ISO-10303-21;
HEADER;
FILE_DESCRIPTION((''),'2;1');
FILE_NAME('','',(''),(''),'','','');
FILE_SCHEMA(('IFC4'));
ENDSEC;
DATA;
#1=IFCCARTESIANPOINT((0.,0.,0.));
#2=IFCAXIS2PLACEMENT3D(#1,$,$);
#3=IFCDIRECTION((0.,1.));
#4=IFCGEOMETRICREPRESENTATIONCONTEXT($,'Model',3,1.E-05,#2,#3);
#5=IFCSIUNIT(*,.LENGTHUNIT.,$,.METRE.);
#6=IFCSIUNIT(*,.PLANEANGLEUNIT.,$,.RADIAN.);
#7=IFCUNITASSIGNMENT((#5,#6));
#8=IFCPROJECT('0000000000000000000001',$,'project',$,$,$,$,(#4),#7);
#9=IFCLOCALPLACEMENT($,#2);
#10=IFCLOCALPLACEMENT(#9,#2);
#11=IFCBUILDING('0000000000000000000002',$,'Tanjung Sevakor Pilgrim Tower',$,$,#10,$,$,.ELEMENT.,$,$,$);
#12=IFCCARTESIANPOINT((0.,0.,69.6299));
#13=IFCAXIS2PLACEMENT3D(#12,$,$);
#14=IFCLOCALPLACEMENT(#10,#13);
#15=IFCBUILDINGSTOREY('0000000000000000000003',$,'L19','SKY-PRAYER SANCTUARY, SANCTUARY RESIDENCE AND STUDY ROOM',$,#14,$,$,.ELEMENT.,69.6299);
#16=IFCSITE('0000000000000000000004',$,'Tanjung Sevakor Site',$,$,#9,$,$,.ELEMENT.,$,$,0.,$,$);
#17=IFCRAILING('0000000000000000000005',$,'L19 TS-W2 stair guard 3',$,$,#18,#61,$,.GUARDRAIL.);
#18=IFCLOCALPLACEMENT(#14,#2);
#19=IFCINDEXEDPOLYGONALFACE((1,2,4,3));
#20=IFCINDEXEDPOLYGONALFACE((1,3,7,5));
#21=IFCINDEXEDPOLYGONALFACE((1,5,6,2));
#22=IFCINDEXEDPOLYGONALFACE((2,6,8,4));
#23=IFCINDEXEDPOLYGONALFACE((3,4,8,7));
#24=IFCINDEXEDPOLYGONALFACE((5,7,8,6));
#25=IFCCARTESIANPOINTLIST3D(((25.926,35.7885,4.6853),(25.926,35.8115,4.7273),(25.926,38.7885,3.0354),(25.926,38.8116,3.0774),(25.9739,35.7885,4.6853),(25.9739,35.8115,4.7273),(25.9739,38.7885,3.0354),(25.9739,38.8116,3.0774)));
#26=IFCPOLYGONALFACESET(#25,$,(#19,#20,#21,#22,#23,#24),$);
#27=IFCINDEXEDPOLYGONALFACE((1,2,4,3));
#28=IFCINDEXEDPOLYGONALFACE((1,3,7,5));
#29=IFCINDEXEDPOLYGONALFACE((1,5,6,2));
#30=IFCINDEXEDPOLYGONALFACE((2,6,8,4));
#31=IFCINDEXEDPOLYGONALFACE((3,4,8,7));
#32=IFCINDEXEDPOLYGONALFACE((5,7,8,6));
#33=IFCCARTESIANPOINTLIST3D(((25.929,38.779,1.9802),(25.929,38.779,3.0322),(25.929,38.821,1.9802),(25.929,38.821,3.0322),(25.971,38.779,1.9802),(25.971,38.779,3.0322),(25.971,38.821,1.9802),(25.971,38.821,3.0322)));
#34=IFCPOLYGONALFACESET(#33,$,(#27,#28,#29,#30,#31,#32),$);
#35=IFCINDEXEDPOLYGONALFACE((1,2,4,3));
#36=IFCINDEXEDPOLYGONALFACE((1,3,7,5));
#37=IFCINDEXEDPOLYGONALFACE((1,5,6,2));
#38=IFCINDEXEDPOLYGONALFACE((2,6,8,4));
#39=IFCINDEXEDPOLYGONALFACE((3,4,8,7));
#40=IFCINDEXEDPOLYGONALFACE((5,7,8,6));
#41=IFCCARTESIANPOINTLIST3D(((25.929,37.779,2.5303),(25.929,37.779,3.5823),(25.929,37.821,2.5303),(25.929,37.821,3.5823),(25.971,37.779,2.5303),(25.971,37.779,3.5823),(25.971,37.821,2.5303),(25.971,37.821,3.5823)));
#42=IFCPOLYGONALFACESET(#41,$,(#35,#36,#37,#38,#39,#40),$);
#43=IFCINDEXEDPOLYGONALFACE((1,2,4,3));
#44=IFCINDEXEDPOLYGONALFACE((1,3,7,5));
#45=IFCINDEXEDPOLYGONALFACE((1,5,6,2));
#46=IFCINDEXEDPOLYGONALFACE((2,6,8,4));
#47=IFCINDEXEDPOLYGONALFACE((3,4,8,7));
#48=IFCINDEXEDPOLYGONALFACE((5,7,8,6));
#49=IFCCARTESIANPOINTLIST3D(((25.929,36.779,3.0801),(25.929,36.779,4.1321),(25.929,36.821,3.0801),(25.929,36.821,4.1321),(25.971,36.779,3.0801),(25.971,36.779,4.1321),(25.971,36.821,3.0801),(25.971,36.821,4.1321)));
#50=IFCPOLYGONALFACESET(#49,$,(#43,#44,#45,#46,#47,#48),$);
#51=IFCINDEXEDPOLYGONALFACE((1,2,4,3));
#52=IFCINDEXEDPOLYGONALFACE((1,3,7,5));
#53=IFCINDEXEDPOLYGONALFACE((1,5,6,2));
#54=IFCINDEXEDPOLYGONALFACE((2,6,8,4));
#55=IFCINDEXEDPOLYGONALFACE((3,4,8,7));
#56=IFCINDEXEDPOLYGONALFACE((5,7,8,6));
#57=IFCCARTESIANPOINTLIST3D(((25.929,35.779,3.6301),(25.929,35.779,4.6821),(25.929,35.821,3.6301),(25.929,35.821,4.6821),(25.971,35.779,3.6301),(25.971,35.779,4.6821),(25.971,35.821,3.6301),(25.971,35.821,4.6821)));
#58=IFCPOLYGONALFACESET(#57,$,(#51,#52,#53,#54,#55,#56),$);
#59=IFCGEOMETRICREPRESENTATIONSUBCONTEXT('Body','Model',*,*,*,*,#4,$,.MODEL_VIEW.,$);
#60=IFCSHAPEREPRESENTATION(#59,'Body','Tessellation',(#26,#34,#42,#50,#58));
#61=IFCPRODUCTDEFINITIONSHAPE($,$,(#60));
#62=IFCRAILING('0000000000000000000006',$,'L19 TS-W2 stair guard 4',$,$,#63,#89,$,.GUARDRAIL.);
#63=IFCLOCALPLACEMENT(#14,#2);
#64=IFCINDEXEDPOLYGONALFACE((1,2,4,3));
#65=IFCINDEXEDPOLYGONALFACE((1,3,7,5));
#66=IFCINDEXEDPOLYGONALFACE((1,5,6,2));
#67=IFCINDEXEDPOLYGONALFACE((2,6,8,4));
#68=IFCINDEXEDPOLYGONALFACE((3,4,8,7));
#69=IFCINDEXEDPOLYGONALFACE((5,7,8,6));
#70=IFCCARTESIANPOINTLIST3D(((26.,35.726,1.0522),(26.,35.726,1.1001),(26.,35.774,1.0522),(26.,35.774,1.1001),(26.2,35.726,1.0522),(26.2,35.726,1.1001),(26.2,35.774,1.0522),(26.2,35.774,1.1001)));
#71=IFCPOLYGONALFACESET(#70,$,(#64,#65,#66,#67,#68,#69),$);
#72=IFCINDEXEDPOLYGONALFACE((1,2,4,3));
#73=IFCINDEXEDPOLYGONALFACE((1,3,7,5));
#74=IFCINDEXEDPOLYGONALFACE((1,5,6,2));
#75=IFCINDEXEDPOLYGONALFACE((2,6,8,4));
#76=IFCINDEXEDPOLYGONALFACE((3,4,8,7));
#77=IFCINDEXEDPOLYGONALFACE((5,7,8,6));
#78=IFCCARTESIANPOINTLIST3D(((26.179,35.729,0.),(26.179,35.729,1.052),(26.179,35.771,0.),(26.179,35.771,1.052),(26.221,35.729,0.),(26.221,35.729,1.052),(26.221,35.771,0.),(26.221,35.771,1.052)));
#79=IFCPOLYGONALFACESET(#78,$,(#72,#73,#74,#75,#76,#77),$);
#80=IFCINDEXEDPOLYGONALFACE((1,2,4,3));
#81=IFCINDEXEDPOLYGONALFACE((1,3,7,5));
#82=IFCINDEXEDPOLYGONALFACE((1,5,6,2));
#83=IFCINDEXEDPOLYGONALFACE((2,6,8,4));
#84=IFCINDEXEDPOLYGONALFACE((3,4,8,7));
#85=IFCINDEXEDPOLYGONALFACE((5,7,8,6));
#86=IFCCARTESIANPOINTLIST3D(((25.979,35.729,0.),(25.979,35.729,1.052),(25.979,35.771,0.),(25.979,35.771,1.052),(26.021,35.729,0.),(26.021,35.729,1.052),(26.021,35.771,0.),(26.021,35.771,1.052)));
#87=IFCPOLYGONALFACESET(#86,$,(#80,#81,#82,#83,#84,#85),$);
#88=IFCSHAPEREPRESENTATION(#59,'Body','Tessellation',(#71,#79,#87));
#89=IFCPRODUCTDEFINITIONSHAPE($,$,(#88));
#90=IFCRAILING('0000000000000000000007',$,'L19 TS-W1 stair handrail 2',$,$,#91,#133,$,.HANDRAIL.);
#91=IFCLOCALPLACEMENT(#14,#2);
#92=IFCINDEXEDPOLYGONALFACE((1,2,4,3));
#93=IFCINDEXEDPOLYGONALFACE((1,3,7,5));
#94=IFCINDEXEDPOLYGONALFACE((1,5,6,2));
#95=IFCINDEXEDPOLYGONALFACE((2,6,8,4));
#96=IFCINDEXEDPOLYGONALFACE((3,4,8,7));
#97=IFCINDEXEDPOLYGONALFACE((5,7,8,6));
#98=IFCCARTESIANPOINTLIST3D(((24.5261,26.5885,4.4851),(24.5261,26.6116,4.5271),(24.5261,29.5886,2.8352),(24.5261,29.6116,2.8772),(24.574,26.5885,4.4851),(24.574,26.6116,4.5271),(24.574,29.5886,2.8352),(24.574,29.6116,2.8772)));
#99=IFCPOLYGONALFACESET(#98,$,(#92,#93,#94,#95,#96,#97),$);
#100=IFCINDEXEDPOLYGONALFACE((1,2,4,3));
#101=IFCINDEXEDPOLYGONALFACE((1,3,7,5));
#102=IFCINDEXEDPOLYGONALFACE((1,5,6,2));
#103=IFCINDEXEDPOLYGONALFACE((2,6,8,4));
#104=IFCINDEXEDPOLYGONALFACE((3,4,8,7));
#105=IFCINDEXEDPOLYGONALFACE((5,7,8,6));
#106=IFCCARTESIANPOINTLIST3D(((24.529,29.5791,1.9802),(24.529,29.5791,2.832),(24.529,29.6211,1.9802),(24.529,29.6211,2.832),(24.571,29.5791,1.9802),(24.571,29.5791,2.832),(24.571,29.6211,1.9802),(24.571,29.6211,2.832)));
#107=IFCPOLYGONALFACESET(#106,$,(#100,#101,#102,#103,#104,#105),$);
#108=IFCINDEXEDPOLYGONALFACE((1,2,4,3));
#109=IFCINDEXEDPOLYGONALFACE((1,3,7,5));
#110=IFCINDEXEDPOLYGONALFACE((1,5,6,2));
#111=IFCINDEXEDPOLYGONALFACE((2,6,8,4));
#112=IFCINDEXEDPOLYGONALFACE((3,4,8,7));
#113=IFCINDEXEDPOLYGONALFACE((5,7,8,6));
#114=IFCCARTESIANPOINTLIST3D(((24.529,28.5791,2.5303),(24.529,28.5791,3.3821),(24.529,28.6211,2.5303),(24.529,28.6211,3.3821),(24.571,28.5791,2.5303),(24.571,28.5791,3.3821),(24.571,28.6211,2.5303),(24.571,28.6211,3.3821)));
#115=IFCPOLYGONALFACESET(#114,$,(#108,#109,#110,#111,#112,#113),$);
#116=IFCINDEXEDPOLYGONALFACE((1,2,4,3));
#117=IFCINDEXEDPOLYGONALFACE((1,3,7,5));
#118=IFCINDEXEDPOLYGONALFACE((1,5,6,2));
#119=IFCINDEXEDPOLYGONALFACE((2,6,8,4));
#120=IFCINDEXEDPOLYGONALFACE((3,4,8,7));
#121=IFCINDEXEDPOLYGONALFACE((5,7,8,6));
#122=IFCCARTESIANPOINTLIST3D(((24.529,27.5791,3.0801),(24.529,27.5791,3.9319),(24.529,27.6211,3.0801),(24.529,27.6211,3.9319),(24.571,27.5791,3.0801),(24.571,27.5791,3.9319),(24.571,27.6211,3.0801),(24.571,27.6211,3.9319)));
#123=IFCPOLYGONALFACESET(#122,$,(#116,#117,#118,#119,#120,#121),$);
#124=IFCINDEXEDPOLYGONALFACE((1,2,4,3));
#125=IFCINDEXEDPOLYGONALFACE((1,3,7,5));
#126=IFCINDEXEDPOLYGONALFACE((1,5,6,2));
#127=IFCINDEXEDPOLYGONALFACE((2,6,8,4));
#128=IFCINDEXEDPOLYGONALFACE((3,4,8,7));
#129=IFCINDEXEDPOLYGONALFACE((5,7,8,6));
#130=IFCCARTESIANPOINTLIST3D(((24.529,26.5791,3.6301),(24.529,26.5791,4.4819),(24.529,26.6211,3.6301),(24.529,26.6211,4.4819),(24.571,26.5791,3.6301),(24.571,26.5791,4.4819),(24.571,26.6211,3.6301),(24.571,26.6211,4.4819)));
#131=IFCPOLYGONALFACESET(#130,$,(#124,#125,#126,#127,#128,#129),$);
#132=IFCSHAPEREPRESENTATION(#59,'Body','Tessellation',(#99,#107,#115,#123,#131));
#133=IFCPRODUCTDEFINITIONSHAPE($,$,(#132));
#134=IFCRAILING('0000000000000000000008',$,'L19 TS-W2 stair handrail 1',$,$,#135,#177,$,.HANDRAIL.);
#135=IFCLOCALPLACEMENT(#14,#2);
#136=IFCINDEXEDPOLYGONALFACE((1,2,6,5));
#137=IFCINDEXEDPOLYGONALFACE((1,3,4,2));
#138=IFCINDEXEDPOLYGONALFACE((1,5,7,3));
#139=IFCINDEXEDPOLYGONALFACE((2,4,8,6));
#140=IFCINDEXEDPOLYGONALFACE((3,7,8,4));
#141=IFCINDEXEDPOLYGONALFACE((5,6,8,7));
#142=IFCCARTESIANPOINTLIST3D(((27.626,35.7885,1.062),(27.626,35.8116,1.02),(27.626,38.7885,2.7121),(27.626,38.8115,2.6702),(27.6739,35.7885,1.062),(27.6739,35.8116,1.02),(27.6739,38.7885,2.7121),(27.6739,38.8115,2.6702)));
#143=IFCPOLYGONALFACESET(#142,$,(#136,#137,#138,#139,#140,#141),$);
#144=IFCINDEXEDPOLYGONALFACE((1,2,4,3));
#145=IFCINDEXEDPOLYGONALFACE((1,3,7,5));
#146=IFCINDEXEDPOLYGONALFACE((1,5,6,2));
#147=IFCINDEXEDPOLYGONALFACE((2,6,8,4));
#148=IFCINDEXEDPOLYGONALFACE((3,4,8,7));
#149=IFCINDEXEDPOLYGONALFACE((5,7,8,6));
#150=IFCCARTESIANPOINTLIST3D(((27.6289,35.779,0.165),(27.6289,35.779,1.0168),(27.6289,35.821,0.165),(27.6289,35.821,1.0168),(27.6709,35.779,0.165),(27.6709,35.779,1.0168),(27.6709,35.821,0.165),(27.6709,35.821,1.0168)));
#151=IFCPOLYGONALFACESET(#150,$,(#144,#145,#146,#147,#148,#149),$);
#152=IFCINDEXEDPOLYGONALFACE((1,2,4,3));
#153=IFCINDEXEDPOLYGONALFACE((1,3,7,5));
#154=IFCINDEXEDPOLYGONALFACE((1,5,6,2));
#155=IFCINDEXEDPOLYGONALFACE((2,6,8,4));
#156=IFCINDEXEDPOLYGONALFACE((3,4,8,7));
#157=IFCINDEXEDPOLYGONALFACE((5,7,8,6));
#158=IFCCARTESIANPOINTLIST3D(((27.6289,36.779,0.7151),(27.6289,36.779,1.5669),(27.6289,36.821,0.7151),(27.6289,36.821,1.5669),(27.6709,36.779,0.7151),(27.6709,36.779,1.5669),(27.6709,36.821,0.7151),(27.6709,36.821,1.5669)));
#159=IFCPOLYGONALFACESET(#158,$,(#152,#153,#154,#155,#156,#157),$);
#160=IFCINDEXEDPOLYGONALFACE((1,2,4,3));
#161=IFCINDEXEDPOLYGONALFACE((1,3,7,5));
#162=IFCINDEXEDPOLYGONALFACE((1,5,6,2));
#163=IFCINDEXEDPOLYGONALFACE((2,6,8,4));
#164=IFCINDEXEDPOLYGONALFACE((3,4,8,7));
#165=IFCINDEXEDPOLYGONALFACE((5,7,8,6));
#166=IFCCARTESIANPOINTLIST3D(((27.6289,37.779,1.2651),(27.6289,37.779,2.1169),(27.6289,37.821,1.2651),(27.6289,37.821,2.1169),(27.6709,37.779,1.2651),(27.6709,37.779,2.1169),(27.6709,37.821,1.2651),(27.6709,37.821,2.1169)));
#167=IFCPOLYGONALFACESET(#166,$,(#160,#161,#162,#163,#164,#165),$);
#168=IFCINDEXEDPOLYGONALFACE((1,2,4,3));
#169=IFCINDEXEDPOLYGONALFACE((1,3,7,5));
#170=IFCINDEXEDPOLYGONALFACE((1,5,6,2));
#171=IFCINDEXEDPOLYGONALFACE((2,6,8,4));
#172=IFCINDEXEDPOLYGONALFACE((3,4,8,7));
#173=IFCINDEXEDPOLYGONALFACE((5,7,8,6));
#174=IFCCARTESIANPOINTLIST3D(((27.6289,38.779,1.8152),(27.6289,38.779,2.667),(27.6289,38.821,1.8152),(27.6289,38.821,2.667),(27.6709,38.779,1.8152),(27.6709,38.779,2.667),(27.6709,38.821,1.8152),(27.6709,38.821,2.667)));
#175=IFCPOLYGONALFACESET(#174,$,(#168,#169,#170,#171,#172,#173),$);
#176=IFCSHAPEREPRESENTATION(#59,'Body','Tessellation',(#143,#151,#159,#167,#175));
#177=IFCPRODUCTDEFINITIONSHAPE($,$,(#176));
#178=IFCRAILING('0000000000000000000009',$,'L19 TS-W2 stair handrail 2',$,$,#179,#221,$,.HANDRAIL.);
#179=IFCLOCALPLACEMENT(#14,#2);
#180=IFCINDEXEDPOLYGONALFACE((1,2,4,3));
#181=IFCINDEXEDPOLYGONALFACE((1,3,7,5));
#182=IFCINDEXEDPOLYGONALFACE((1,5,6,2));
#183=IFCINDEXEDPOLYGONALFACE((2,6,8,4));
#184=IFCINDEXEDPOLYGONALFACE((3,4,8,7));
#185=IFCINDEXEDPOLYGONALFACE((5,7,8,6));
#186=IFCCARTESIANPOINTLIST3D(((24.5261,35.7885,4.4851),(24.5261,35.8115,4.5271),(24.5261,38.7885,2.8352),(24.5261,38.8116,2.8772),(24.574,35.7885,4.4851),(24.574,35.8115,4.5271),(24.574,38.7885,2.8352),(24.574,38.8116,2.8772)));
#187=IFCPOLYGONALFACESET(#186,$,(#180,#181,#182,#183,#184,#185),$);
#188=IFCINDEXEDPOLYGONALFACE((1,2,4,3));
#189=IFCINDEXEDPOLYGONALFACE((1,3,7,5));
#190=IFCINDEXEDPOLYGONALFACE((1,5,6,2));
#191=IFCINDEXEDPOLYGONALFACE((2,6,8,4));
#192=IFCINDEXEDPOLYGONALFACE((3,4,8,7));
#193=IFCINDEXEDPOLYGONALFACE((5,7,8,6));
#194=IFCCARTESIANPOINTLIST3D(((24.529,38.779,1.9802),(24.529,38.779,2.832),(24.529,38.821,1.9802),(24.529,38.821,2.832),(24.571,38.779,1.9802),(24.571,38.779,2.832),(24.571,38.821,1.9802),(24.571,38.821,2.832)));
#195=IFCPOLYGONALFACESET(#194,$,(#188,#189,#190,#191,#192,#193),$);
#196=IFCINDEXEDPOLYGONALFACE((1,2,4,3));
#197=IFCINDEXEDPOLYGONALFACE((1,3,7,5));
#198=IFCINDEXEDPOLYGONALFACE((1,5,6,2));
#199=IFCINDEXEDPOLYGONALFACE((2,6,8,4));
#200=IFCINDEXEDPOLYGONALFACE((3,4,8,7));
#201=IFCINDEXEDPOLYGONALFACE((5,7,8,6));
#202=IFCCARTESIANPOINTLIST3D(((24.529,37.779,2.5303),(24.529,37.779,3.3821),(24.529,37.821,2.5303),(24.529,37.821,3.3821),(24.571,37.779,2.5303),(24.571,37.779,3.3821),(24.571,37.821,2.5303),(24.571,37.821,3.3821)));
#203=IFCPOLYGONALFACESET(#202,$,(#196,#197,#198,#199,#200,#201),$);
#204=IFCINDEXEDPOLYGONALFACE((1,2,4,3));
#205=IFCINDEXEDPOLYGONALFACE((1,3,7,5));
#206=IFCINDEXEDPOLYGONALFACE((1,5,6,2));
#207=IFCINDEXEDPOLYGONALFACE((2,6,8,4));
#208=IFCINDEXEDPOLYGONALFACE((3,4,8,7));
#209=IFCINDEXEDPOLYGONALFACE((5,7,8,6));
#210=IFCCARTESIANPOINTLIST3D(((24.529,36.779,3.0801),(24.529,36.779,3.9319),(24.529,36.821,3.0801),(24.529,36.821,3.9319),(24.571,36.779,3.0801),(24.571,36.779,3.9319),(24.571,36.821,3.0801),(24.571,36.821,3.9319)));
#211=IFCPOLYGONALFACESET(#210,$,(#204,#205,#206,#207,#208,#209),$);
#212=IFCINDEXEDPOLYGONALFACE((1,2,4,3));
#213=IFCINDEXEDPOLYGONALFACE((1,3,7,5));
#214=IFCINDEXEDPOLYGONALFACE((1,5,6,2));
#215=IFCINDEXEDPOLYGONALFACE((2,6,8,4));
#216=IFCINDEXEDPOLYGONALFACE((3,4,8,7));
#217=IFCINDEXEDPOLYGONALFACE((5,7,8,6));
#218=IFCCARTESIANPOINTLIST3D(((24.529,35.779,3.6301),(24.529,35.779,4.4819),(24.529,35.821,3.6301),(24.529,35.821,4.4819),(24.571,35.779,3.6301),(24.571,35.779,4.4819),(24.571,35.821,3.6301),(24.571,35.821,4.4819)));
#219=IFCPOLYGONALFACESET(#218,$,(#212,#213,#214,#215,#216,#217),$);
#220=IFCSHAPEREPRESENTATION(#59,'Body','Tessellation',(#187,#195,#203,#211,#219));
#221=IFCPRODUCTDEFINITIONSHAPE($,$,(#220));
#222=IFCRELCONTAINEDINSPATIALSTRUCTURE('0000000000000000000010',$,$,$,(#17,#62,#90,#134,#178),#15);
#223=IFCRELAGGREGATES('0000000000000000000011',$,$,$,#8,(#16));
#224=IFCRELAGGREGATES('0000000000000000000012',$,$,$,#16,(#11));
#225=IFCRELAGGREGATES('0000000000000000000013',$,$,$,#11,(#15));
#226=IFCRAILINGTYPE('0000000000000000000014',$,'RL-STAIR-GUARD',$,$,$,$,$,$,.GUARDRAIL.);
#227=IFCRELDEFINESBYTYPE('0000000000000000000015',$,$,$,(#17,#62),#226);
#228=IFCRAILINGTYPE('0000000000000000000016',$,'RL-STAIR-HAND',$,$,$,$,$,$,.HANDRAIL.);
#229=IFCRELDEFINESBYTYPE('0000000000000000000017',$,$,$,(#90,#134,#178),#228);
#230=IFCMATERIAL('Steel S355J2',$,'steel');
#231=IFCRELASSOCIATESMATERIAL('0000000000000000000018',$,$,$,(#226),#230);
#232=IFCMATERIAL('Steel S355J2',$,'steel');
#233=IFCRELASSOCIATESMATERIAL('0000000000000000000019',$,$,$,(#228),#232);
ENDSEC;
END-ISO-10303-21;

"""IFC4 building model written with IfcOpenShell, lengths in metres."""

from ifc_helpers import new_model, si_unit, direction, frame, origin, place, context, subcontext, project, spatial, rectangle, extrude, material, type_object, element, save


model = new_model("IFC4")

# Units and contexts
model_context = context("Model", 3, precision=1e-05, world=origin(), true_north=direction((0.0, 1.0)))
body_context = subcontext(model_context, "Body", "Model", "MODEL_VIEW")
ifc_project = project(units=[si_unit("LENGTHUNIT", "METRE"), si_unit("PLANEANGLEUNIT", "RADIAN")], contexts=[model_context])

# Site, building, storey
site_placement = place(None, origin())
site = spatial("IfcSite", under=ifc_project, at=site_placement, Name="Tanjung Sevakor Site", CompositionType="ELEMENT", RefElevation=0.0)
building_placement = place(site_placement, origin())
building = spatial("IfcBuilding", under=site, at=building_placement, Name="Tanjung Sevakor Pilgrim Tower", CompositionType="ELEMENT")
storey_placement = place(building_placement, frame((0.0, 0.0, 69.6299)))
storey = spatial("IfcBuildingStorey", under=building, at=storey_placement, Name="L19", Description="SKY-PRAYER SANCTUARY, SANCTUARY RESIDENCE AND STUDY ROOM", CompositionType="ELEMENT", Elevation=69.6299)

# Railings
ifc_material_1 = material(Name="Steel S355J2", Category="steel")
railing_type_1 = type_object("IfcRailingType", Name="RL-STAIR-GUARD", PredefinedType="GUARDRAIL", material=ifc_material_1)
railing_1_placement = place(storey_placement, frame((25.95, 38.8, 1.9802)))
element("IfcRailing", 1, at=railing_1_placement, inside=storey, type_object=railing_type_1, Name="L19 TS-W2 stair guard 3", PredefinedType="GUARDRAIL", context=body_context, shape_type="SweptSolid", body=[
    extrude(rectangle(XDim=0.0479, YDim=0.0479), frame((0.0, 0.0, 1.0762), z_axis=(0.0, -0.876228, 0.481897), x_axis=(1.0, 0.0, 0.0)), (0.0, 0.0, 1.0), 3.4238),
    extrude(rectangle(XDim=0.042, YDim=0.042), origin(), (0.0, 0.0, 1.0), 1.052),
    extrude(rectangle(XDim=0.042, YDim=0.042), frame((0.0, -1.0, 0.55)), (0.0, 0.0, 1.0), 1.052),
    extrude(rectangle(XDim=0.042, YDim=0.042), frame((0.0, -2.0, 1.0999)), (0.0, 0.0, 1.0), 1.052),
    extrude(rectangle(XDim=0.042, YDim=0.042), frame((0.0, -3.0, 1.6499)), (0.0, 0.0, 1.0), 1.052),
])
railing_2_placement = place(storey_placement, frame((26.2, 35.75, 0.0)))
element("IfcRailing", 2, at=railing_2_placement, inside=storey, type_object=railing_type_1, Name="L19 TS-W2 stair guard 4", PredefinedType="GUARDRAIL", context=body_context, shape_type="SweptSolid", body=[
    extrude(rectangle(XDim=0.0479, YDim=0.0479), frame((0.0, 0.0, 1.0762), z_axis=(-1.0, 0.0, 0.0), x_axis=(0.0, -1.0, 0.0)), (0.0, 0.0, 1.0), 0.2),
    extrude(rectangle(XDim=0.042, YDim=0.042), origin(), (0.0, 0.0, 1.0), 1.052),
    extrude(rectangle(XDim=0.042, YDim=0.042), frame((-0.2, 0.0, 0.0)), (0.0, 0.0, 1.0), 1.052),
])
ifc_material_2 = material(Name="Steel S355J2", Category="steel")
railing_type_2 = type_object("IfcRailingType", Name="RL-STAIR-HAND", PredefinedType="HANDRAIL", material=ifc_material_2)
railing_3_placement = place(storey_placement, frame((24.55, 29.6001, 1.9802)))
element("IfcRailing", 3, at=railing_3_placement, inside=storey, type_object=railing_type_2, Name="L19 TS-W1 stair handrail 2", PredefinedType="HANDRAIL", context=body_context, shape_type="SweptSolid", body=[
    extrude(rectangle(XDim=0.0479, YDim=0.0479), frame((0.0, 0.0, 0.876), z_axis=(0.0, -0.876228, 0.481897), x_axis=(1.0, 0.0, 0.0)), (0.0, 0.0, 1.0), 3.4238),
    extrude(rectangle(XDim=0.042, YDim=0.042), origin(), (0.0, 0.0, 1.0), 0.8518),
    extrude(rectangle(XDim=0.042, YDim=0.042), frame((0.0, -1.0, 0.55)), (0.0, 0.0, 1.0), 0.8518),
    extrude(rectangle(XDim=0.042, YDim=0.042), frame((0.0, -2.0, 1.0999)), (0.0, 0.0, 1.0), 0.8518),
    extrude(rectangle(XDim=0.042, YDim=0.042), frame((0.0, -3.0, 1.6499)), (0.0, 0.0, 1.0), 0.8518),
])
railing_4_placement = place(storey_placement, frame((27.6499, 35.8, 0.165)))
element("IfcRailing", 4, at=railing_4_placement, inside=storey, type_object=railing_type_2, Name="L19 TS-W2 stair handrail 1", PredefinedType="HANDRAIL", context=body_context, shape_type="SweptSolid", body=[
    extrude(rectangle(XDim=0.0479, YDim=0.0479), frame((0.0, 0.0, 0.876), z_axis=(0.0, 0.876198, 0.481952), x_axis=(-1.0, 0.0, 0.0)), (0.0, 0.0, 1.0), 3.4238),
    extrude(rectangle(XDim=0.042, YDim=0.042), origin(), (0.0, 0.0, 1.0), 0.8518),
    extrude(rectangle(XDim=0.042, YDim=0.042), frame((0.0, 1.0, 0.55)), (0.0, 0.0, 1.0), 0.8518),
    extrude(rectangle(XDim=0.042, YDim=0.042), frame((0.0, 2.0, 1.1001)), (0.0, 0.0, 1.0), 0.8518),
    extrude(rectangle(XDim=0.042, YDim=0.042), frame((0.0, 3.0, 1.6501)), (0.0, 0.0, 1.0), 0.8518),
])
railing_5_placement = place(storey_placement, frame((24.55, 38.8, 1.9802)))
element("IfcRailing", 5, at=railing_5_placement, inside=storey, type_object=railing_type_2, Name="L19 TS-W2 stair handrail 2", PredefinedType="HANDRAIL", context=body_context, shape_type="SweptSolid", body=[
    extrude(rectangle(XDim=0.0479, YDim=0.0479), frame((0.0, 0.0, 0.876), z_axis=(0.0, -0.876228, 0.481897), x_axis=(1.0, 0.0, 0.0)), (0.0, 0.0, 1.0), 3.4238),
    extrude(rectangle(XDim=0.042, YDim=0.042), origin(), (0.0, 0.0, 1.0), 0.8518),
    extrude(rectangle(XDim=0.042, YDim=0.042), frame((0.0, -1.0, 0.55)), (0.0, 0.0, 1.0), 0.8518),
    extrude(rectangle(XDim=0.042, YDim=0.042), frame((0.0, -2.0, 1.0999)), (0.0, 0.0, 1.0), 0.8518),
    extrude(rectangle(XDim=0.042, YDim=0.042), frame((0.0, -3.0, 1.6499)), (0.0, 0.0, 1.0), 0.8518),
])

save(model, "model.ifc")
